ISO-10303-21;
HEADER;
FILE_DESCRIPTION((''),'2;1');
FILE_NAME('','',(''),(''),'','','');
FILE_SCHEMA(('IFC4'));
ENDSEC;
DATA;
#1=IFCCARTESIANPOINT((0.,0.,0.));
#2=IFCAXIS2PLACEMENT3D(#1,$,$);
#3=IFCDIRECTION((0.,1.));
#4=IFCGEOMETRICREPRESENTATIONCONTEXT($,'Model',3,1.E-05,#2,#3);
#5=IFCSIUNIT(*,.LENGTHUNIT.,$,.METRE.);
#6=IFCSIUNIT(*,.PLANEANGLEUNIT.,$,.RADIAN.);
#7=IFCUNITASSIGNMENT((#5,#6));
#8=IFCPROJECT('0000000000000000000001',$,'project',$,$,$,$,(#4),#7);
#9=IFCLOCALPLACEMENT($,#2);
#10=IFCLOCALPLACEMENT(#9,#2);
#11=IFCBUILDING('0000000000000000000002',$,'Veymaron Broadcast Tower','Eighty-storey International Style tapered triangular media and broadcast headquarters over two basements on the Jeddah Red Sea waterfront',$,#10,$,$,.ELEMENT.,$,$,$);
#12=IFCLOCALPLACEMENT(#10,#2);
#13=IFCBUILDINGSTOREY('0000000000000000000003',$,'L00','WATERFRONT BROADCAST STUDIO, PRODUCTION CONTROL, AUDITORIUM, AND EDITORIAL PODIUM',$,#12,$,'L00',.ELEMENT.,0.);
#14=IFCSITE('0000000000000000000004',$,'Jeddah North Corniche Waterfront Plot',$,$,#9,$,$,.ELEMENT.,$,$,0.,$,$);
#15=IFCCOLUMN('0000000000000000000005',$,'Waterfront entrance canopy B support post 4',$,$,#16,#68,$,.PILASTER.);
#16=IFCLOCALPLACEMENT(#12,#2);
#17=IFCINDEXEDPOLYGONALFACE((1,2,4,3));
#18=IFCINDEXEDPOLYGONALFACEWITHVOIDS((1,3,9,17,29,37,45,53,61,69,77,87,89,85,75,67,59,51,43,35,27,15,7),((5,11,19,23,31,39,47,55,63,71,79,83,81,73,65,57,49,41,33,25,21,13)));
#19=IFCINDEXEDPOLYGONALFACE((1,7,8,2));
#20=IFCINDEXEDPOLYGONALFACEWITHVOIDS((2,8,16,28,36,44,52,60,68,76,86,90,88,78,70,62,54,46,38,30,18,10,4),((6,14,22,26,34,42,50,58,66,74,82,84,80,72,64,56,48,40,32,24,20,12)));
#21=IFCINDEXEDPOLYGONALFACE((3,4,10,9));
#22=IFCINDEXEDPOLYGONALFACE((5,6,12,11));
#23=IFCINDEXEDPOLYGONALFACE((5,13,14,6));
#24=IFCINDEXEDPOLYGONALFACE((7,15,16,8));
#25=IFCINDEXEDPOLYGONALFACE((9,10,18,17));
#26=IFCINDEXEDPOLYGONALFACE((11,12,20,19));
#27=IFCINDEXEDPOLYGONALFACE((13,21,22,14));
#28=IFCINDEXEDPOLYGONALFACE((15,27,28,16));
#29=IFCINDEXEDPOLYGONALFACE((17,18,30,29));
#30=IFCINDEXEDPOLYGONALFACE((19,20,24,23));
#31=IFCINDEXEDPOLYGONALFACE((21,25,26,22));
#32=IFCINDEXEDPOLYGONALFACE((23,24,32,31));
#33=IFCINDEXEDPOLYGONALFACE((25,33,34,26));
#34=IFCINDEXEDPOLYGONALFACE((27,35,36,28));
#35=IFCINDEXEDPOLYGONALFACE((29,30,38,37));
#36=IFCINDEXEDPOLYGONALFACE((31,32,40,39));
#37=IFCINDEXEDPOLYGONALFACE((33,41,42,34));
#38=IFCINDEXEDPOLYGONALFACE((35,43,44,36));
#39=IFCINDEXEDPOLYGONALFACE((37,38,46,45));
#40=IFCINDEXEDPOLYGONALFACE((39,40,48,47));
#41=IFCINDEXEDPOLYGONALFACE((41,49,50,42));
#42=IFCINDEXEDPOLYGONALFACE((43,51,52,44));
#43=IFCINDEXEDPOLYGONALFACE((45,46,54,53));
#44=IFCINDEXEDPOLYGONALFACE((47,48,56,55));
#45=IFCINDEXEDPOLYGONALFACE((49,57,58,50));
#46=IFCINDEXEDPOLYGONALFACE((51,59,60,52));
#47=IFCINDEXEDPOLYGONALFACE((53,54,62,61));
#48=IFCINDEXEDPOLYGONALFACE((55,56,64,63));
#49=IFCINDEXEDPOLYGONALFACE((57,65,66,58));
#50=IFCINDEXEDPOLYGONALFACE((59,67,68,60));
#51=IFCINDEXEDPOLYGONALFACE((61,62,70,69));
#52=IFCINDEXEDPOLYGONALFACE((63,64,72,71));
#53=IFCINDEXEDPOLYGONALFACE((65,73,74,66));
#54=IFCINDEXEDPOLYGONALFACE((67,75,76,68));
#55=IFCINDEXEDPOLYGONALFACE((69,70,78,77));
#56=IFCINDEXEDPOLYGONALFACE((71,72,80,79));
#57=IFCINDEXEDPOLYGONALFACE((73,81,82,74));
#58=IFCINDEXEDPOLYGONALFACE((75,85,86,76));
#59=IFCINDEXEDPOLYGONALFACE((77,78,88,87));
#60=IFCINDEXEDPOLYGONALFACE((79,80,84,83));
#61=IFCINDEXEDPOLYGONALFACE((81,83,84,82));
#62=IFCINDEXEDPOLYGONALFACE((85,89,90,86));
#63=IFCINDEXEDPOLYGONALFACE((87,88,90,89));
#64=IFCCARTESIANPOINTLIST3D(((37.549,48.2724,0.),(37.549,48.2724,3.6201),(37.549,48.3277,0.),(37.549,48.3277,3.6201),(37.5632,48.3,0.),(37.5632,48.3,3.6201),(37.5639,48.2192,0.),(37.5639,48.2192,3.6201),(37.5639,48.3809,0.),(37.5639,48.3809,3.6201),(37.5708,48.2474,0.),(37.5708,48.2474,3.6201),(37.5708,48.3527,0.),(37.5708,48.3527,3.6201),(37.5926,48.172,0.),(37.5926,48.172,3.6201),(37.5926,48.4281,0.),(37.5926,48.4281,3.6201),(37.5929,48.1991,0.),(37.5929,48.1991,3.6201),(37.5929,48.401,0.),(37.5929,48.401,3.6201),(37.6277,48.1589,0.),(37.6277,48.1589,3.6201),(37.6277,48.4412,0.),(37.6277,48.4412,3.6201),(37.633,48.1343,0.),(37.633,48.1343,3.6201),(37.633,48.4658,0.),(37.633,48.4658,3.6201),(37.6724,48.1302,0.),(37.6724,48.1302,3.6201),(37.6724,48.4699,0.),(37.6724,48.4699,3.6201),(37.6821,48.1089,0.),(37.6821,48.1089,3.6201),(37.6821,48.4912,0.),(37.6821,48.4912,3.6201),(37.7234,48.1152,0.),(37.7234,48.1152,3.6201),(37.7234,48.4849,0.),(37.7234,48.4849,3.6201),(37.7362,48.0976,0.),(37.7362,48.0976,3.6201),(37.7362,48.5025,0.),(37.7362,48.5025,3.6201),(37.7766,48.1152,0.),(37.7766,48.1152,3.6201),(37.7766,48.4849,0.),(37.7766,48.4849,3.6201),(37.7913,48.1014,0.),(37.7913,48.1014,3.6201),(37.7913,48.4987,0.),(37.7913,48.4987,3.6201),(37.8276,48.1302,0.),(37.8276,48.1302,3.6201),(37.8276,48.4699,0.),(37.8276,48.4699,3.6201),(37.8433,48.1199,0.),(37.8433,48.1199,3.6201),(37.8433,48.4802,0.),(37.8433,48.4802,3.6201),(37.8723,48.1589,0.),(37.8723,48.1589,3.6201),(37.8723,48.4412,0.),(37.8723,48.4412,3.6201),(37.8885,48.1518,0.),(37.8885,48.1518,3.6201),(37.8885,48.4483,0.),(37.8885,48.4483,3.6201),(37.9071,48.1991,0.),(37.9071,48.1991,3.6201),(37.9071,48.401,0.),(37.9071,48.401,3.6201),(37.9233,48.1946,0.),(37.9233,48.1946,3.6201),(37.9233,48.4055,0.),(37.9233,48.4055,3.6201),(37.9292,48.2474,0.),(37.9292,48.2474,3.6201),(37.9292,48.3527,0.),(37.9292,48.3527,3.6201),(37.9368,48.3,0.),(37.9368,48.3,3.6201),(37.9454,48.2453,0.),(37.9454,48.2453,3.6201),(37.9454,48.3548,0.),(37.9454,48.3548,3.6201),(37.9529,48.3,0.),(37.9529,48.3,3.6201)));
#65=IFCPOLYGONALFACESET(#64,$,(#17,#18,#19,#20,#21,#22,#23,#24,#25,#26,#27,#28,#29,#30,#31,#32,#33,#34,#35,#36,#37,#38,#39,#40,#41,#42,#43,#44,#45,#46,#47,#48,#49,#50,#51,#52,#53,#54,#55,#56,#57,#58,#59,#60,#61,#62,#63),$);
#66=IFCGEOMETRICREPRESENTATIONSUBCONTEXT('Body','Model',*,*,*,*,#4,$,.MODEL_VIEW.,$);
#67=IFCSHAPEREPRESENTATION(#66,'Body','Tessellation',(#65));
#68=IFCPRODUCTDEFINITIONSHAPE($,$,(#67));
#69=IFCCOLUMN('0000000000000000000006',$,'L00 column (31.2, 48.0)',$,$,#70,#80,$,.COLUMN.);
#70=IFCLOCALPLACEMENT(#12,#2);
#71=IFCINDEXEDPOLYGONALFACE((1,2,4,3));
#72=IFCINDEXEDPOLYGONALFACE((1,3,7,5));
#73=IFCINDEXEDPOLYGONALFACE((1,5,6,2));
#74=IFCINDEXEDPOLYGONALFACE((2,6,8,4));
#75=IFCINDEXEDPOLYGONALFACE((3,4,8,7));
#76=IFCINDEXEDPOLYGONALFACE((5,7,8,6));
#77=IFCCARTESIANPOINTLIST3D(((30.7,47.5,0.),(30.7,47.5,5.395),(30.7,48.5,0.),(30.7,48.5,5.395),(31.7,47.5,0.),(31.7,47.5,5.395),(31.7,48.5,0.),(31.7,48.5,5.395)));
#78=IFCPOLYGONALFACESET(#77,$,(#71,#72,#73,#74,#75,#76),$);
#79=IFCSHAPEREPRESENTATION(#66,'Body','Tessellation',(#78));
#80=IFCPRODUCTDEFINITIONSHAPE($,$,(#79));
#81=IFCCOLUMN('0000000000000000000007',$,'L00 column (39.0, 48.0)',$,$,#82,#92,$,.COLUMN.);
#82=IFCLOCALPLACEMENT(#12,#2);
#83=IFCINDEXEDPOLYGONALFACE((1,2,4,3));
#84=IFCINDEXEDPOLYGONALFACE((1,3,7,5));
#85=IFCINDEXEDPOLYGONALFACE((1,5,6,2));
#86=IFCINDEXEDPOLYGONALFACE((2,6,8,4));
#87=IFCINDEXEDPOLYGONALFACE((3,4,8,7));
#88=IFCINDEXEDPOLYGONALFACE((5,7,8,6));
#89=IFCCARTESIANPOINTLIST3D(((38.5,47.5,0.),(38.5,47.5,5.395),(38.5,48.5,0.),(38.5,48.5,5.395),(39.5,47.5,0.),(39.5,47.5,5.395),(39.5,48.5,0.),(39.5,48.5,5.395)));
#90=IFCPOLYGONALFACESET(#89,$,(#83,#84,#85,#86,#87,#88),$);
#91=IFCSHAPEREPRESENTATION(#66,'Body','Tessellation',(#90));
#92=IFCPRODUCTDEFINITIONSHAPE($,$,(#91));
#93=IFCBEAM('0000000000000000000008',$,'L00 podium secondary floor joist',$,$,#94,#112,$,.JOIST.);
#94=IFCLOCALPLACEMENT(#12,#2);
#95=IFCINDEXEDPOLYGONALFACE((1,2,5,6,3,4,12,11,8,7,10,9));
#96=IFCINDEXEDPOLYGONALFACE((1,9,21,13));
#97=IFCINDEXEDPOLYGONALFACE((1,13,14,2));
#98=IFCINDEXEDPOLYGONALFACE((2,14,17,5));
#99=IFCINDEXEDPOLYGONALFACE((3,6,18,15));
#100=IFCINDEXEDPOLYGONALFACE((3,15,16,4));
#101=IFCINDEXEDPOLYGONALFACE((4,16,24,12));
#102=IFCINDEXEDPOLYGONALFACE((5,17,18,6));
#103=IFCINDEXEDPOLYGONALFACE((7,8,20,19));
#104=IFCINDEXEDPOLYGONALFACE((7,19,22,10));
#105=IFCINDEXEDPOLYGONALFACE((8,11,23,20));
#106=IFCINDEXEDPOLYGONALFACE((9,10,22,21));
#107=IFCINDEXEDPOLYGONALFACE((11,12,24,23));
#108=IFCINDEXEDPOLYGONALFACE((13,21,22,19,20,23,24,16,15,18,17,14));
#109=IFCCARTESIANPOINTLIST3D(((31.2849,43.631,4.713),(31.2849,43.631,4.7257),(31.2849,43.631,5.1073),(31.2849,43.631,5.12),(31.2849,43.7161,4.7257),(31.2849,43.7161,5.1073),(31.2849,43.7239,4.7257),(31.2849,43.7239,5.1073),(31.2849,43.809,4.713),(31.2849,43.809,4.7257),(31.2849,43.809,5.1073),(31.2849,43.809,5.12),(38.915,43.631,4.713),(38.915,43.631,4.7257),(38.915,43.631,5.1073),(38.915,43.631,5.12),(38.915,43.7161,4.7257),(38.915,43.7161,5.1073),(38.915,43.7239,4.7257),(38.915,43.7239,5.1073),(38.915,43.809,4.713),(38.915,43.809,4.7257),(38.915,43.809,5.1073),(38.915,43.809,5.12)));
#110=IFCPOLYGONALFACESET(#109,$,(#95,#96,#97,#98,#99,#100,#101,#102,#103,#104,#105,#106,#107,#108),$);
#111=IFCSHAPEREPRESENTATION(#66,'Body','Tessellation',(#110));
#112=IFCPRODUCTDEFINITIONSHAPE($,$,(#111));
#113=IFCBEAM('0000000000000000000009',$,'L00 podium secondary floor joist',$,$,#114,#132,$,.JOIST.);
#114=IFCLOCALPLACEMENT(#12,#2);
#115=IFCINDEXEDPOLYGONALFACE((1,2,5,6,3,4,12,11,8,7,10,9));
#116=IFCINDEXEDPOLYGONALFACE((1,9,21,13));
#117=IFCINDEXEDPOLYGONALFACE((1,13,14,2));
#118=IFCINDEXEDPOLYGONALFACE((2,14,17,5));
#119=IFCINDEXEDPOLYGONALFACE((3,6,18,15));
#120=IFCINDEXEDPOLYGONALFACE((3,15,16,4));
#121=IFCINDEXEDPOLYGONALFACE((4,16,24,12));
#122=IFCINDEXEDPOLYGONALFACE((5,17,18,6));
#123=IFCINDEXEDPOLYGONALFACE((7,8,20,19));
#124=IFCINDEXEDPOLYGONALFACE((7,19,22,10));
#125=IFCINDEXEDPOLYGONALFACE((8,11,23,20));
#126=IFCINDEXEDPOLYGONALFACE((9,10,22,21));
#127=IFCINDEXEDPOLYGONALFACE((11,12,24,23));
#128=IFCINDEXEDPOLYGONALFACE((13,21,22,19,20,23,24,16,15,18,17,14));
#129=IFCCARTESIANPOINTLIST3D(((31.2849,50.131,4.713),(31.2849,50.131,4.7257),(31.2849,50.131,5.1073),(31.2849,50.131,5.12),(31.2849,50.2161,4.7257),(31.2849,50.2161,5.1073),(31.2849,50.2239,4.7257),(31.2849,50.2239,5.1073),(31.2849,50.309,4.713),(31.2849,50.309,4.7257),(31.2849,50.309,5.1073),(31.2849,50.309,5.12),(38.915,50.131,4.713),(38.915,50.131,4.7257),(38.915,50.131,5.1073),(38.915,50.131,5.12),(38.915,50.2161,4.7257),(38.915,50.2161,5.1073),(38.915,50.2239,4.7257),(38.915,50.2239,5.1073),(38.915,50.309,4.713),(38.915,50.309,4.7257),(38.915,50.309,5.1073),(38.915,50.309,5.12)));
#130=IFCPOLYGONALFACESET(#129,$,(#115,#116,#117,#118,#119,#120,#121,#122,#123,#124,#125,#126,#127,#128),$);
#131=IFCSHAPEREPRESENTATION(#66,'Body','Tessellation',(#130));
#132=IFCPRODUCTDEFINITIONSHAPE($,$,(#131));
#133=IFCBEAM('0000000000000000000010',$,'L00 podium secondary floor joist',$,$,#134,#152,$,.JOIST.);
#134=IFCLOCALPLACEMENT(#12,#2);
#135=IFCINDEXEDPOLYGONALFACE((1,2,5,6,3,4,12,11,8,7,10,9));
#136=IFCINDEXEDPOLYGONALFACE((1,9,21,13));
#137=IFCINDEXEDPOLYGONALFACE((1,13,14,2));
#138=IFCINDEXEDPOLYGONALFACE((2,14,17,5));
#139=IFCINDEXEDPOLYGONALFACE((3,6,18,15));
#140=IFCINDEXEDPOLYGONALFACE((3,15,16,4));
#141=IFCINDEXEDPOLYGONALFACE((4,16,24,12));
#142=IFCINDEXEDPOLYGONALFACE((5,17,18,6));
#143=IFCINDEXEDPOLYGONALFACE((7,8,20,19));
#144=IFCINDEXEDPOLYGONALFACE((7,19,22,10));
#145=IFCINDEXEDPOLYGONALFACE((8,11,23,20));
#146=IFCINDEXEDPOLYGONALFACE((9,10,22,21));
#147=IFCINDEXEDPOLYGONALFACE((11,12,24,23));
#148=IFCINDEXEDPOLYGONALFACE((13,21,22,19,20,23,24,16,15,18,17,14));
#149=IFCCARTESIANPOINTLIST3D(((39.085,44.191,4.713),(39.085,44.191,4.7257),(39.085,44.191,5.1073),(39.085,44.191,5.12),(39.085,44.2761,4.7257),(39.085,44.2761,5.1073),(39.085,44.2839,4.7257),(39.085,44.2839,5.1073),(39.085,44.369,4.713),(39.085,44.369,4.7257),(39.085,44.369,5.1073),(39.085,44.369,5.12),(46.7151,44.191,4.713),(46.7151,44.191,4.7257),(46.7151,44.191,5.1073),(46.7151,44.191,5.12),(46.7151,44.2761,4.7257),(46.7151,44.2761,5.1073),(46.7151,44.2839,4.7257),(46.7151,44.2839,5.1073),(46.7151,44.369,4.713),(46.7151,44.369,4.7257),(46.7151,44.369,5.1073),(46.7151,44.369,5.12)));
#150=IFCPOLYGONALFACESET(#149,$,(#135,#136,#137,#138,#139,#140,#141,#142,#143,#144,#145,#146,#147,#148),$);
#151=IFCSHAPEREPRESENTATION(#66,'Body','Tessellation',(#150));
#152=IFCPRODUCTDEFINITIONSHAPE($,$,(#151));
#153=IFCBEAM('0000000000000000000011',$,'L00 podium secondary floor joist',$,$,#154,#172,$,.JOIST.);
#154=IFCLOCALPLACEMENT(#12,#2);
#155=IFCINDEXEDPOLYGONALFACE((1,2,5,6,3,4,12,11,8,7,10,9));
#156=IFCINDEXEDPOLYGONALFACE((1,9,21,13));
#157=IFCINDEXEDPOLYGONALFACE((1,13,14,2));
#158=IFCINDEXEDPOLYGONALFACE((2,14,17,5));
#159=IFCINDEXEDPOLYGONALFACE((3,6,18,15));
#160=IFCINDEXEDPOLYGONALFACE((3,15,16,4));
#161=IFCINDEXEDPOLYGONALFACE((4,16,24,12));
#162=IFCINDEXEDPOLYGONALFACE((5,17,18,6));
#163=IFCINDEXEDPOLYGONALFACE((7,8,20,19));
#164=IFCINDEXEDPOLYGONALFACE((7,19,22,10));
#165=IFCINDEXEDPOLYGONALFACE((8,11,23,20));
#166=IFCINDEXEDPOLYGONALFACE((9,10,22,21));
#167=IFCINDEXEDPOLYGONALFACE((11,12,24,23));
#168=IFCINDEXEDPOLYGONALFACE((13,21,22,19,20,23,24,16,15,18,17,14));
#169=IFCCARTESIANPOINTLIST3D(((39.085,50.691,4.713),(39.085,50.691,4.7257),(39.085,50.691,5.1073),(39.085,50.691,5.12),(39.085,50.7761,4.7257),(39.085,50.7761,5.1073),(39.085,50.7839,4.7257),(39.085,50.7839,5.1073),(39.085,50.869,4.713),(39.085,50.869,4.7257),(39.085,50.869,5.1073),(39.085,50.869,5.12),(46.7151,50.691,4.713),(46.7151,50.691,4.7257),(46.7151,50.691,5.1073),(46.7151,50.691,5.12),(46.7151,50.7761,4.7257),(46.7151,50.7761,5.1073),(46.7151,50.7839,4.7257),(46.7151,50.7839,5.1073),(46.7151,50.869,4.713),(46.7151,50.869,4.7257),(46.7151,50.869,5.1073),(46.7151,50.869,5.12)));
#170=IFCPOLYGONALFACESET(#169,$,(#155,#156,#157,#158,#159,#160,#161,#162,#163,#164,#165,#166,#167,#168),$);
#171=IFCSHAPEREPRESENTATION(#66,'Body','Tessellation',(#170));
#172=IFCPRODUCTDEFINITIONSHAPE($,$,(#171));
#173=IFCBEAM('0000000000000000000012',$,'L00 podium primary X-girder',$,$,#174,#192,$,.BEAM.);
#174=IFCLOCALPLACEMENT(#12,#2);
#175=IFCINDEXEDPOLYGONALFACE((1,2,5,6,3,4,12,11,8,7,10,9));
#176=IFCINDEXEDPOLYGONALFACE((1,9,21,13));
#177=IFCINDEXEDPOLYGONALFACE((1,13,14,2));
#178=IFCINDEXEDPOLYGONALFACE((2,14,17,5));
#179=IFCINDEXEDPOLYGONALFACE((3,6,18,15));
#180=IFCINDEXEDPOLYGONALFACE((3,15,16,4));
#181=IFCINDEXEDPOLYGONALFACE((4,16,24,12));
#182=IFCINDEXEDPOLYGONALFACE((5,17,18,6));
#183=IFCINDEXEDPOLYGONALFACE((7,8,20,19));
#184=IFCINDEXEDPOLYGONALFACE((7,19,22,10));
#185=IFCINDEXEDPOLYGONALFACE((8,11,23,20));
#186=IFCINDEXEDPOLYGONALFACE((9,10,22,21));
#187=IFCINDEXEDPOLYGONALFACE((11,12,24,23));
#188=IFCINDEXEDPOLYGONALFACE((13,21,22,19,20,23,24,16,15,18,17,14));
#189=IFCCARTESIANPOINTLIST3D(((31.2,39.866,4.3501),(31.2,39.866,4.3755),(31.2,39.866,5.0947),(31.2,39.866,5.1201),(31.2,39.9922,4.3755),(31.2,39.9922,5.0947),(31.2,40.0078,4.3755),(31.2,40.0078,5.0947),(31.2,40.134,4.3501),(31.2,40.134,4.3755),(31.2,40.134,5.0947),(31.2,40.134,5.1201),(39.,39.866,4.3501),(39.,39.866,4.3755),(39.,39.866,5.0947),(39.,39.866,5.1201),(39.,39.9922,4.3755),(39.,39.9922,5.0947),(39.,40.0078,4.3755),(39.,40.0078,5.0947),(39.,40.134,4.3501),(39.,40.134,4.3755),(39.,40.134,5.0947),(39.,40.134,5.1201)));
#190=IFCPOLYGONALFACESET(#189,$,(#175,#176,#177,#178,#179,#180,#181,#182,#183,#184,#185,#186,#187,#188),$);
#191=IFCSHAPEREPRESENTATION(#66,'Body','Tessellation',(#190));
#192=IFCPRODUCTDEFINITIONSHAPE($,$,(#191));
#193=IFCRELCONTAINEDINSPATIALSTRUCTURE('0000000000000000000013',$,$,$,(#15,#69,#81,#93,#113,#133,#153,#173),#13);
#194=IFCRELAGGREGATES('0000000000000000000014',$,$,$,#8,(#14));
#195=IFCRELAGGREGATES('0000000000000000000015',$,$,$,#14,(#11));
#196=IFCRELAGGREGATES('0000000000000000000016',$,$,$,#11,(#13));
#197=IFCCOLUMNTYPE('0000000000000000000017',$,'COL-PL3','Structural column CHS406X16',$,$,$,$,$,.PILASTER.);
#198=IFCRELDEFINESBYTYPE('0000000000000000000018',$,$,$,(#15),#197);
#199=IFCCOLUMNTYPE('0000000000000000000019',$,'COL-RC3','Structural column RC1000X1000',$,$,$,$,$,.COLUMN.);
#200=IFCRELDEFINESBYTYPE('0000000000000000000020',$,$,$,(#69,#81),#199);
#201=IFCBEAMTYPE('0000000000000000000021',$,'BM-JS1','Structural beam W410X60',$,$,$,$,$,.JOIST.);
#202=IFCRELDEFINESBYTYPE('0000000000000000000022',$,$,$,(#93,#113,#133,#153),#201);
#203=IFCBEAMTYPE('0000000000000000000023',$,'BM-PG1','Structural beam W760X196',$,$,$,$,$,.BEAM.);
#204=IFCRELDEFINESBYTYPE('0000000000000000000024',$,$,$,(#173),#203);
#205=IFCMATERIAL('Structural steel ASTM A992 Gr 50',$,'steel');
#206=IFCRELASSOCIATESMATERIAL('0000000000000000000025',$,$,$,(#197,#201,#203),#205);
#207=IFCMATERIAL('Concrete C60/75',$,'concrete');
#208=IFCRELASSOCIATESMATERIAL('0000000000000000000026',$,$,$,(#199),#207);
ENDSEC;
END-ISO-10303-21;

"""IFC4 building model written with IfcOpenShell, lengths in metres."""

from ifc_helpers import new_model, si_unit, direction, frame, origin, origin_2d, place, context, subcontext, project, spatial, rectangle, hollow_circle, i_section, extrude, material, material_profile, profile_set, type_object, element, save


model = new_model("IFC4")

# Units and contexts
model_context = context("Model", 3, precision=1e-05, world=origin(), true_north=direction((0.0, 1.0)))
body_context = subcontext(model_context, "Body", "Model", "MODEL_VIEW")
ifc_project = project(units=[si_unit("LENGTHUNIT", "METRE"), si_unit("PLANEANGLEUNIT", "RADIAN")], contexts=[model_context])

# Site, building, storey
site_placement = place(None, origin())
site = spatial("IfcSite", under=ifc_project, at=site_placement, Name="Jeddah North Corniche Waterfront Plot", CompositionType="ELEMENT", RefElevation=0.0)
building_placement = place(site_placement, origin())
building = spatial("IfcBuilding", under=site, at=building_placement, Name="Veymaron Broadcast Tower", Description="Eighty-storey International Style tapered triangular media and broadcast headquarters over two basements on the Jeddah Red Sea waterfront", CompositionType="ELEMENT")
storey_placement = place(building_placement, origin())
storey = spatial("IfcBuildingStorey", under=building, at=storey_placement, Name="L00", Description="WATERFRONT BROADCAST STUDIO, PRODUCTION CONTROL, AUDITORIUM, AND EDITORIAL PODIUM", LongName="L00", CompositionType="ELEMENT", Elevation=0.0)

# Columns
ifc_material_1 = material(Name="Structural steel ASTM A992 Gr 50", Category="steel")
ifc_material_profile_1 = material_profile(ifc_material_1, hollow_circle(Radius=0.2029, WallThickness=0.0161, at=origin_2d()), Name="CHS406X16")
ifc_profile_set_1 = profile_set([ifc_material_profile_1], Name="Structural steel ASTM A992 Gr 50")
column_type_1 = type_object("IfcColumnType", Name="COL-PL3", Description="Structural column CHS406X16", PredefinedType="PILASTER", material=ifc_profile_set_1)
for number, where, z_axis, x_axis, name in (
    (1, (37.75, 48.3, 0.0), (0.0, 0.0, 1.0), (1.0, 0.0, 0.0), "Waterfront entrance canopy B support post 4"),
):
    element("IfcColumn", number, at=place(storey_placement, frame(where, z_axis=z_axis, x_axis=x_axis)), inside=storey, type_object=column_type_1, Name=name, PredefinedType="PILASTER", context=body_context, shape_type="SweptSolid", body=[
        extrude(hollow_circle(Radius=0.2029, WallThickness=0.0161, at=origin_2d()), origin(), (0.0, 0.0, 1.0), 3.6201),
    ])
ifc_material_2 = material(Name="Concrete C60/75", Category="concrete")
ifc_material_profile_2 = material_profile(ifc_material_2, rectangle(XDim=1.0, YDim=1.0, at=origin_2d()), Name="RC1000X1000")
ifc_profile_set_2 = profile_set([ifc_material_profile_2], Name="Concrete C60/75")
column_type_2 = type_object("IfcColumnType", Name="COL-RC3", Description="Structural column RC1000X1000", PredefinedType="COLUMN", material=ifc_profile_set_2)
for number, where, z_axis, x_axis, name in (
    (2, (31.2, 48.0, 0.0), (0.0, 0.0, 1.0), (1.0, 0.0, 0.0), "L00 column (31.2, 48.0)"),
    (3, (39.0, 48.0, 0.0), (0.0, 0.0, 1.0), (1.0, 0.0, 0.0), "L00 column (39.0, 48.0)"),
):
    element("IfcColumn", number, at=place(storey_placement, frame(where, z_axis=z_axis, x_axis=x_axis)), inside=storey, type_object=column_type_2, Name=name, PredefinedType="COLUMN", context=body_context, shape_type="SweptSolid", body=[
        extrude(rectangle(XDim=1.0, YDim=1.0, at=origin_2d()), origin(), (0.0, 0.0, 1.0), 5.395),
    ])

# Beams
ifc_material_profile_3 = material_profile(ifc_material_1, i_section(OverallWidth=0.178, OverallDepth=0.407, WebThickness=0.0078, FlangeThickness=0.0127, at=origin_2d()), Name="W410X60")
ifc_profile_set_3 = profile_set([ifc_material_profile_3], Name="Structural steel ASTM A992 Gr 50")
beam_type_1 = type_object("IfcBeamType", Name="BM-JS1", Description="Structural beam W410X60", PredefinedType="JOIST", material=ifc_profile_set_3)
for number, where, z_axis, x_axis, name in (
    (4, (31.2849, 43.72, 4.9165), (1.0, 0.0, 0.0), (0.0, 1.0, 0.0), "L00 podium secondary floor joist"),
    (5, (31.2849, 50.22, 4.9165), (1.0, 0.0, 0.0), (0.0, 1.0, 0.0), "L00 podium secondary floor joist"),
    (6, (39.085, 44.28, 4.9165), (1.0, 0.0, 0.0), (0.0, 1.0, 0.0), "L00 podium secondary floor joist"),
    (7, (39.085, 50.78, 4.9165), (1.0, 0.0, 0.0), (0.0, 1.0, 0.0), "L00 podium secondary floor joist"),
):
    element("IfcBeam", number, at=place(storey_placement, frame(where, z_axis=z_axis, x_axis=x_axis)), inside=storey, type_object=beam_type_1, Name=name, PredefinedType="JOIST", context=body_context, shape_type="SweptSolid", body=[
        extrude(i_section(OverallWidth=0.178, OverallDepth=0.407, WebThickness=0.0078, FlangeThickness=0.0127, at=origin_2d()), origin(), (0.0, 0.0, 1.0), 7.6301),
    ])
ifc_material_profile_4 = material_profile(ifc_material_1, i_section(OverallWidth=0.2681, OverallDepth=0.77, WebThickness=0.0156, FlangeThickness=0.0254, at=origin_2d()), Name="W760X196")
ifc_profile_set_4 = profile_set([ifc_material_profile_4], Name="Structural steel ASTM A992 Gr 50")
beam_type_2 = type_object("IfcBeamType", Name="BM-PG1", Description="Structural beam W760X196", PredefinedType="BEAM", material=ifc_profile_set_4)
for number, where, z_axis, x_axis, name in (
    (8, (31.2, 40.0, 4.7351), (1.0, 0.0, 0.0), (0.0, 1.0, 0.0), "L00 podium primary X-girder"),
):
    element("IfcBeam", number, at=place(storey_placement, frame(where, z_axis=z_axis, x_axis=x_axis)), inside=storey, type_object=beam_type_2, Name=name, PredefinedType="BEAM", context=body_context, shape_type="SweptSolid", body=[
        extrude(i_section(OverallWidth=0.2681, OverallDepth=0.77, WebThickness=0.0156, FlangeThickness=0.0254, at=origin_2d()), origin(), (0.0, 0.0, 1.0), 7.8),
    ])

save(model, "model.ifc")
